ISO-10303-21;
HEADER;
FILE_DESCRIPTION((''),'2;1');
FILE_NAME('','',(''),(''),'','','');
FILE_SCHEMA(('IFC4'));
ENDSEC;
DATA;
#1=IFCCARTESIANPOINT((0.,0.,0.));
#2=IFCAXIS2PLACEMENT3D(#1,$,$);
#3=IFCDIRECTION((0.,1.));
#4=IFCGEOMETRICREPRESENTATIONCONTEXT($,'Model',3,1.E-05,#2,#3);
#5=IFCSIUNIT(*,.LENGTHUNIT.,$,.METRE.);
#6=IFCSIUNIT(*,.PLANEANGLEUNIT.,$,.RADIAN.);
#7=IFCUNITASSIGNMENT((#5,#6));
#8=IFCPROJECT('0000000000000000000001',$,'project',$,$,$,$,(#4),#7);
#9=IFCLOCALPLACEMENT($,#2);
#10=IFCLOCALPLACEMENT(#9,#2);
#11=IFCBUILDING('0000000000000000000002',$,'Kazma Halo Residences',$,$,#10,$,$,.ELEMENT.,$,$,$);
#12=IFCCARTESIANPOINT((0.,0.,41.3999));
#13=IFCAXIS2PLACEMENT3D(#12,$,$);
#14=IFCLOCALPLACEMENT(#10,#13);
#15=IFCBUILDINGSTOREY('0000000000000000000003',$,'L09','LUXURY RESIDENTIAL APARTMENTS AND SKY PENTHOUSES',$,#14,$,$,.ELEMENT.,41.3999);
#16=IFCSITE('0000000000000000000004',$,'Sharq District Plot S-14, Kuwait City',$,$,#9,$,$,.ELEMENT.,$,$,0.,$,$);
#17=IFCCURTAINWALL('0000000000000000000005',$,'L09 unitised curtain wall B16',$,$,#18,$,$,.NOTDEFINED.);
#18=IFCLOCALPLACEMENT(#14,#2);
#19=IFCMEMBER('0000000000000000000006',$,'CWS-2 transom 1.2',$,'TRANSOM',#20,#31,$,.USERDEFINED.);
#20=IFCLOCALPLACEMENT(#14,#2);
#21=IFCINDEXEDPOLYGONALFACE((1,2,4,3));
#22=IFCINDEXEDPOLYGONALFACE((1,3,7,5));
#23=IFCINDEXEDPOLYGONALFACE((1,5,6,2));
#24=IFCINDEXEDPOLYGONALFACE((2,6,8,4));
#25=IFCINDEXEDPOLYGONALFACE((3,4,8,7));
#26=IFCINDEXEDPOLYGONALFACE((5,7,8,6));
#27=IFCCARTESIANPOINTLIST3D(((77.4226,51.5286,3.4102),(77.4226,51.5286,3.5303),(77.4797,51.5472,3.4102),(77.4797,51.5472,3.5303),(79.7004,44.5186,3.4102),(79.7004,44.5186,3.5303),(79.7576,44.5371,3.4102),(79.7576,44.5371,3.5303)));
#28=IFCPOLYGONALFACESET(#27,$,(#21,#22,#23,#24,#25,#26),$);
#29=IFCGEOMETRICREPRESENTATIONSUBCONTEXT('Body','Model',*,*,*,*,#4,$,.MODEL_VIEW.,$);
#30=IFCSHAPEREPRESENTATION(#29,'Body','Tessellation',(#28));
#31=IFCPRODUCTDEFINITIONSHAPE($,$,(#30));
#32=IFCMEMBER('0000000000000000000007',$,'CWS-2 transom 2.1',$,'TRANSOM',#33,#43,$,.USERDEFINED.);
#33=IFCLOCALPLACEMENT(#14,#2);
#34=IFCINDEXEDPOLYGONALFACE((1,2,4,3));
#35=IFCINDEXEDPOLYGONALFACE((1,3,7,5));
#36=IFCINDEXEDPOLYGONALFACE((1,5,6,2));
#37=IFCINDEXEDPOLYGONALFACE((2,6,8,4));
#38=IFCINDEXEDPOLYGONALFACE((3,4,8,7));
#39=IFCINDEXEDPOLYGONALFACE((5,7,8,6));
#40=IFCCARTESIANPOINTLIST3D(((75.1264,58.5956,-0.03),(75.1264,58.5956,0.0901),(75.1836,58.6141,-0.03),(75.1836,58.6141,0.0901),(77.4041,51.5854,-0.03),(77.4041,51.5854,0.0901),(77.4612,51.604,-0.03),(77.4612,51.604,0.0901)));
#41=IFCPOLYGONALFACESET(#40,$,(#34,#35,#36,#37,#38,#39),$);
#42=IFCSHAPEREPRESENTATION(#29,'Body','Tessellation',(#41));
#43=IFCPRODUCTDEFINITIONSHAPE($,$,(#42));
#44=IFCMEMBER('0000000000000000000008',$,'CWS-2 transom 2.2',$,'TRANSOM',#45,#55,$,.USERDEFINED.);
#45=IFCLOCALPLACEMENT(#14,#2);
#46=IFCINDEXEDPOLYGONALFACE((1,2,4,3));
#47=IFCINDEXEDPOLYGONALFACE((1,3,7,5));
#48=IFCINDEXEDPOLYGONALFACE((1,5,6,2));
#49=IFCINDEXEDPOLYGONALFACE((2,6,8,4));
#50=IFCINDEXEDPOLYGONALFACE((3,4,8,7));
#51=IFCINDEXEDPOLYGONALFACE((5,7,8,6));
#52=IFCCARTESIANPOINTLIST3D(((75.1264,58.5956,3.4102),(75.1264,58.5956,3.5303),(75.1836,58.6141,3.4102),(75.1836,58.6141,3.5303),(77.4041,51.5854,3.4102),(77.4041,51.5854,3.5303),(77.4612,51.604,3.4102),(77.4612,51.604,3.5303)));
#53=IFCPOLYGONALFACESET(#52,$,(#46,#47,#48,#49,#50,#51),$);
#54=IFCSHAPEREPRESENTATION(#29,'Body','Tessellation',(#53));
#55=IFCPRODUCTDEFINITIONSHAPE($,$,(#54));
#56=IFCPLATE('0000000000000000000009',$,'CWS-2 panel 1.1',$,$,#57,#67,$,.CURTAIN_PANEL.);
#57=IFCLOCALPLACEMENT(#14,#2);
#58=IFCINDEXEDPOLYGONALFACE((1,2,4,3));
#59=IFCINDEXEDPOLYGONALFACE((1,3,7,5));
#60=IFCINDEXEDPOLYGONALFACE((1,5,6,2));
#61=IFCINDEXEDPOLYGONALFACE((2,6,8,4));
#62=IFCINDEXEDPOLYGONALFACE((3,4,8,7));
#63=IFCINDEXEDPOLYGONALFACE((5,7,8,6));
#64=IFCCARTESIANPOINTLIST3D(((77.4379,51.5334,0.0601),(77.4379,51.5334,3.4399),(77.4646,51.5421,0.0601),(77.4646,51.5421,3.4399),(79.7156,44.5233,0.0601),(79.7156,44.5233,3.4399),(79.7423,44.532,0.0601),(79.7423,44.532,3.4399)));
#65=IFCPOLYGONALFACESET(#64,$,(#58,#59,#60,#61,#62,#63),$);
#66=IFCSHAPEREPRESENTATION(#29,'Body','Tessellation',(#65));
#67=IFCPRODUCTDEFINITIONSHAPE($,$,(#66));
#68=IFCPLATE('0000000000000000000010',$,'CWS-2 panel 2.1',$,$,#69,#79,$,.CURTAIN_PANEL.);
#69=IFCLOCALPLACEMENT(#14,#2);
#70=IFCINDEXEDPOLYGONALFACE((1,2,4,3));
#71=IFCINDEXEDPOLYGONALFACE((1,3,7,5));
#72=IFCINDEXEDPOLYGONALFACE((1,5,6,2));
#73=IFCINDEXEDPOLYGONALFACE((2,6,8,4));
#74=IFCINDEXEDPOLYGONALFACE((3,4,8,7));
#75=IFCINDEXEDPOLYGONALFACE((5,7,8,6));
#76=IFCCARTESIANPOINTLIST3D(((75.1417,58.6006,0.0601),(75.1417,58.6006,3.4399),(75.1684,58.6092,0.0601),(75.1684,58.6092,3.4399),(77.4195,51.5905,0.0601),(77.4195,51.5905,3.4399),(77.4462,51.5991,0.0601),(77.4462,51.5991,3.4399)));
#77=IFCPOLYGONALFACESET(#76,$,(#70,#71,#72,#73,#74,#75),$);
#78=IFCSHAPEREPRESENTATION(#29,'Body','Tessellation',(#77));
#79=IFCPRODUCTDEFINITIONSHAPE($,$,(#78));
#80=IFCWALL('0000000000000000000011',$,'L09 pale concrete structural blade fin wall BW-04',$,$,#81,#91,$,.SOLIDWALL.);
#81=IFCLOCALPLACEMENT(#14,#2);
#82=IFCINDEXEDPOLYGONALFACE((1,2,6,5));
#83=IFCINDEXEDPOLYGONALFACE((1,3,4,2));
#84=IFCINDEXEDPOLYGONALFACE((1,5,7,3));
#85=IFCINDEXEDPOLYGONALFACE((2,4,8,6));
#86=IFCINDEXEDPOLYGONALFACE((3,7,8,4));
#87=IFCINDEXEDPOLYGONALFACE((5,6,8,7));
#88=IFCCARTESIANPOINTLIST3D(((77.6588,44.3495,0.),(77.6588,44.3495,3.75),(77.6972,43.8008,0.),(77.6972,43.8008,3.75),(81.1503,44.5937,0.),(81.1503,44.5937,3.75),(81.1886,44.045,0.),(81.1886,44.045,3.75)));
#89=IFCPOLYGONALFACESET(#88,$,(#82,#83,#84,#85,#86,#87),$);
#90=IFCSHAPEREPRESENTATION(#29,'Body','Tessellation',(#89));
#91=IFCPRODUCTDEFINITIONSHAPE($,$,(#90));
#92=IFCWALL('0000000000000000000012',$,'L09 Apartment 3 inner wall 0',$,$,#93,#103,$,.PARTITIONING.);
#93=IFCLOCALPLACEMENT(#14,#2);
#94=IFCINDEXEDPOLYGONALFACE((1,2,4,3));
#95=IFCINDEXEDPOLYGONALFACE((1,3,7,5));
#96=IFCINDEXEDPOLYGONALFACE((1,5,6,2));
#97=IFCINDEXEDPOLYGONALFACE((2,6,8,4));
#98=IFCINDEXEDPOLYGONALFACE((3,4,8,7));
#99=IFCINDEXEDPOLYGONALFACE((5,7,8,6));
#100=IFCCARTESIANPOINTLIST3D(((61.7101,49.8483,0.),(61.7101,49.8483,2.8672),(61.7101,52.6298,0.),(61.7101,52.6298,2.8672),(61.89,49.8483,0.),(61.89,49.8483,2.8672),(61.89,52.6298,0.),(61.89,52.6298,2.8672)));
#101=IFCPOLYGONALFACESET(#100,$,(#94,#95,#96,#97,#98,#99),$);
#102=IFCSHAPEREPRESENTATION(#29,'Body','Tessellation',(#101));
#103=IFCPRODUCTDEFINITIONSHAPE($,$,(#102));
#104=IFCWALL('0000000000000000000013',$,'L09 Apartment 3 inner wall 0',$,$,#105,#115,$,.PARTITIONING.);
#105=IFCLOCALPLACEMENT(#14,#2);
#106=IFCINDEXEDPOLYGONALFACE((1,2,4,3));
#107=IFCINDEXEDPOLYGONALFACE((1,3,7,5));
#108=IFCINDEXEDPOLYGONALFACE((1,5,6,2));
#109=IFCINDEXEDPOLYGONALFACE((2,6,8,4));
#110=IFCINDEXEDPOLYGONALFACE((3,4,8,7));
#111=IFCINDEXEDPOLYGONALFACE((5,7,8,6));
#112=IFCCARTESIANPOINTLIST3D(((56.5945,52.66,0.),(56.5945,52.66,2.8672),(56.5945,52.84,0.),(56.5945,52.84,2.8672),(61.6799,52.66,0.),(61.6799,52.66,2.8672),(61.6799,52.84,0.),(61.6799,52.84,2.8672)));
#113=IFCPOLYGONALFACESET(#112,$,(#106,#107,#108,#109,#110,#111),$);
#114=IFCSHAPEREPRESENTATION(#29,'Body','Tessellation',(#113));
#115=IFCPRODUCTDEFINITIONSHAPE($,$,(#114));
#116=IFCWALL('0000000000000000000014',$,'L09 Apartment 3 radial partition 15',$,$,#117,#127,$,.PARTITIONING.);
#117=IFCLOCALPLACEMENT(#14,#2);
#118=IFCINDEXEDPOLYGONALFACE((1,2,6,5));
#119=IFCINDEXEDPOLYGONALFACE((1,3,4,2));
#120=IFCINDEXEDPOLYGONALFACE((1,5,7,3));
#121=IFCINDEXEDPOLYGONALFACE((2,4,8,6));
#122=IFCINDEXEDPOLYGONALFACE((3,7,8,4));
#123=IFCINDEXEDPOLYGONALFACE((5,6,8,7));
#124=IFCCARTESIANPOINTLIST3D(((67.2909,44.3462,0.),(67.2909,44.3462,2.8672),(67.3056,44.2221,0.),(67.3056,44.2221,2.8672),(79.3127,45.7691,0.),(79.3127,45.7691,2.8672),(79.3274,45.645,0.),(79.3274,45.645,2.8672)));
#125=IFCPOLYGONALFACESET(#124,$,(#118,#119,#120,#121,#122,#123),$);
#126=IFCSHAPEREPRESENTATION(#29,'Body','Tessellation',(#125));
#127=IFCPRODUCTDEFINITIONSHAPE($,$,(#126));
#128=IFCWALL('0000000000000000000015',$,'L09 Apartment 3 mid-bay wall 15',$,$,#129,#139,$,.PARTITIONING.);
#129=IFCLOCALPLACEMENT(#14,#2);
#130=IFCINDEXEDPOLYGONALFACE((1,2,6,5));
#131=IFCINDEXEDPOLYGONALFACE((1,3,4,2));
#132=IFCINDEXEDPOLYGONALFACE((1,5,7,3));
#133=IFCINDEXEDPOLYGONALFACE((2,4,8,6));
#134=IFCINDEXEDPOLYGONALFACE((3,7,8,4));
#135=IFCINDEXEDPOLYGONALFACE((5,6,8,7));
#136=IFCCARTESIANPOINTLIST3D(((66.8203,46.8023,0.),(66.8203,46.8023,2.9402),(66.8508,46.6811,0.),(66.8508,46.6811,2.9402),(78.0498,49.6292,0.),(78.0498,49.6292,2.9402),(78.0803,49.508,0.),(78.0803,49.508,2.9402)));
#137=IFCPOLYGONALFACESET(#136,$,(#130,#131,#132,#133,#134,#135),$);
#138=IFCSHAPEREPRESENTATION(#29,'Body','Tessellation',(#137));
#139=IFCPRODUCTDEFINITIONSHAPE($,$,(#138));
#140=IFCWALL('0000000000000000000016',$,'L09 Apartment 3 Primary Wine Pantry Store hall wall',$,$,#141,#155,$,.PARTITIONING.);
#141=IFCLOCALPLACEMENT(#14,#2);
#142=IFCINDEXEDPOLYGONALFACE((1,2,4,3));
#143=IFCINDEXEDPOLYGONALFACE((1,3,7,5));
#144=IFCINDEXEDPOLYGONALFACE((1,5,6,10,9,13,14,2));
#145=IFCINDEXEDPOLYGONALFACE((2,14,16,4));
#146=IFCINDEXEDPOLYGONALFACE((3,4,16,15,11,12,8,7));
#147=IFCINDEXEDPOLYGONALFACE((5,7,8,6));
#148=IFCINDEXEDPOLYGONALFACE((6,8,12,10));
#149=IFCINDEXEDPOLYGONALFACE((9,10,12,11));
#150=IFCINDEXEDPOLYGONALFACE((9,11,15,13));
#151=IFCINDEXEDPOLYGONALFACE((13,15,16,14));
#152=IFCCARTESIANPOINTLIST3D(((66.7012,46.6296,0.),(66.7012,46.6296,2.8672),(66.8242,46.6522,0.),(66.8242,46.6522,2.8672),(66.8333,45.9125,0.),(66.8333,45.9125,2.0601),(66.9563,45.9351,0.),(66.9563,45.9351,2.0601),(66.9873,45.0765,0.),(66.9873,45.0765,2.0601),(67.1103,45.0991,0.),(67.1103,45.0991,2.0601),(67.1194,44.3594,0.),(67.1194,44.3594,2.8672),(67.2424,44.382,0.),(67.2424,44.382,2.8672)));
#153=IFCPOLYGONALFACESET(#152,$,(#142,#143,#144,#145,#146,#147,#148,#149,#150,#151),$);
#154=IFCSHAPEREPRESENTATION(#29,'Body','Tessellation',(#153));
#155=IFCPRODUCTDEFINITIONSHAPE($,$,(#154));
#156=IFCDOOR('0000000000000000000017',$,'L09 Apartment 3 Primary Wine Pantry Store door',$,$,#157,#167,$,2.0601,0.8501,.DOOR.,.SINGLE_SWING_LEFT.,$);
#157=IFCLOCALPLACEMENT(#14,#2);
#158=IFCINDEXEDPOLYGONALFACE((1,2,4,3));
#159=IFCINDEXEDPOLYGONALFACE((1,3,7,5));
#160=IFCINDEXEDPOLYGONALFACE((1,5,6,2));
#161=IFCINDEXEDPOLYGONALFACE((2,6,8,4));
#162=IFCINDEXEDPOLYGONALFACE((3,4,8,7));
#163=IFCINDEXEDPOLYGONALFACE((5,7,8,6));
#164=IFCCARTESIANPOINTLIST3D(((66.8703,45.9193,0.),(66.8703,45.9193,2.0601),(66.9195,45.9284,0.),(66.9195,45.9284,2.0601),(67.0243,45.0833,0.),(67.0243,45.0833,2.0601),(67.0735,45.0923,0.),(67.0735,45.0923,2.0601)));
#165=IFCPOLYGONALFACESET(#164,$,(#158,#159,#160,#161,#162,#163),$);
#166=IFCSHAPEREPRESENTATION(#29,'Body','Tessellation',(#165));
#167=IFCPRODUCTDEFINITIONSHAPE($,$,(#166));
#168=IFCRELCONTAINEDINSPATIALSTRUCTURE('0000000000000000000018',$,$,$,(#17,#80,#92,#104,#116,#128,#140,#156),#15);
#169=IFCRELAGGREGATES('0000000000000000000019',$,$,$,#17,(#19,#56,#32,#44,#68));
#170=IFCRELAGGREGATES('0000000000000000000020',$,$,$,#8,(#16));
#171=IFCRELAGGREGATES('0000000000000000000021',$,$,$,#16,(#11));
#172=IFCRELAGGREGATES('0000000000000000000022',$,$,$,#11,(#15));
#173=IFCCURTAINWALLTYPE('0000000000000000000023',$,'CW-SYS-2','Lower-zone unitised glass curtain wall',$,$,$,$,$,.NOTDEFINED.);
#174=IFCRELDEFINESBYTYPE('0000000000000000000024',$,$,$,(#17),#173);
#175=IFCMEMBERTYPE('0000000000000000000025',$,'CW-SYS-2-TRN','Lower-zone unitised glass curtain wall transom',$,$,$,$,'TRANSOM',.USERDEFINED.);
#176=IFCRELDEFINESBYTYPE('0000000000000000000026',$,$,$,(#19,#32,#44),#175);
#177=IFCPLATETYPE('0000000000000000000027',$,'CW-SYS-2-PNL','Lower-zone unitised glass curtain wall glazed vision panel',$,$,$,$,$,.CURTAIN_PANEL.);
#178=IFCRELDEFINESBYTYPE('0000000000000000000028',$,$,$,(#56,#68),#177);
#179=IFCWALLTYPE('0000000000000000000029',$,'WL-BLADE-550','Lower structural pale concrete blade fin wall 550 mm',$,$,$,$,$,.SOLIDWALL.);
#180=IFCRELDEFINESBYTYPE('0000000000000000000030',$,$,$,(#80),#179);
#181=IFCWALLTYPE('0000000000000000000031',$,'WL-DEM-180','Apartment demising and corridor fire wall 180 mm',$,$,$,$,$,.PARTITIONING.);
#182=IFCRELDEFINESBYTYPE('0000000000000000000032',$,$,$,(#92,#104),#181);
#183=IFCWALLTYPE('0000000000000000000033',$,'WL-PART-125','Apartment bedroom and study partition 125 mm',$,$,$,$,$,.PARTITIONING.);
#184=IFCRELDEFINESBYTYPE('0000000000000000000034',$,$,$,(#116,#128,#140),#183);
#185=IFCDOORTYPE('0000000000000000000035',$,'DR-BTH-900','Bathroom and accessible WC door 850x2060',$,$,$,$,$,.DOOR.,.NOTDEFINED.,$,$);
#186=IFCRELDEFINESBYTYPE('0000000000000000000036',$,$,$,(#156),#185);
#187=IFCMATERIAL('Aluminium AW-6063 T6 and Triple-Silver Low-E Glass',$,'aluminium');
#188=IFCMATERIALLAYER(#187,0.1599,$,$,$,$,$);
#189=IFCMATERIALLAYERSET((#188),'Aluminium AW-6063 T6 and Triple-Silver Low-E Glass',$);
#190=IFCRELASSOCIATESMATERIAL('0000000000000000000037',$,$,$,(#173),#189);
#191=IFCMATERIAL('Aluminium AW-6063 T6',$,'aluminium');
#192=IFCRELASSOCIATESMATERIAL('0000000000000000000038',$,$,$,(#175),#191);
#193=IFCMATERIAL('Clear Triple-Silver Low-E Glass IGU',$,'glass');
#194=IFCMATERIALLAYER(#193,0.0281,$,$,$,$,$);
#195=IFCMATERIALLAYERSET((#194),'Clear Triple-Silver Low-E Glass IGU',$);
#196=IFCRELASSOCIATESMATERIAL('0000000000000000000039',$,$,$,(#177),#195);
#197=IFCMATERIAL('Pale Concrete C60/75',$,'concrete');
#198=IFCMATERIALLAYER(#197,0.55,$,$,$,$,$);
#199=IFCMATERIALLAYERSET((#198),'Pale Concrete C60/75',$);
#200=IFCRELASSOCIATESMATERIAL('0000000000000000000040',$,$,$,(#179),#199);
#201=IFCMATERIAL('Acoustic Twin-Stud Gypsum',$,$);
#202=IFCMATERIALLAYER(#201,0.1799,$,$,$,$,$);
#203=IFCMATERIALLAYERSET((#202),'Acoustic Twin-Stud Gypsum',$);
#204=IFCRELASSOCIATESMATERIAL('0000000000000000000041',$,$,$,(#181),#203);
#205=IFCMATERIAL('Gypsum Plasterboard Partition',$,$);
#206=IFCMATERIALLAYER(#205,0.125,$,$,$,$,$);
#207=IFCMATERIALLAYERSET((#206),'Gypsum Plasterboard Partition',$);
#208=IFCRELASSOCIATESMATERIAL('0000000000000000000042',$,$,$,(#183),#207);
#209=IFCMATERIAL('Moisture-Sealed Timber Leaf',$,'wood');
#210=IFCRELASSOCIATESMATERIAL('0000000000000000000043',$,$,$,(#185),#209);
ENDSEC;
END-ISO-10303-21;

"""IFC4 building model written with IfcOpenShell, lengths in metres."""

from ifc_helpers import new_model, si_unit, direction, frame, frame_2d, origin, origin_2d, place, context, subcontext, project, spatial, rectangle, extrude, material, layer, layer_set, material_profile, profile_set, type_object, element, fill, aggregate, save


model = new_model("IFC4")

# Units and contexts
model_context = context("Model", 3, precision=1e-05, world=origin(), true_north=direction((0.0, 1.0)))
body_context = subcontext(model_context, "Body", "Model", "MODEL_VIEW")
ifc_project = project(units=[si_unit("LENGTHUNIT", "METRE"), si_unit("PLANEANGLEUNIT", "RADIAN")], contexts=[model_context])

# Site, building, storey
site_placement = place(None, origin())
site = spatial("IfcSite", under=ifc_project, at=site_placement, Name="Sharq District Plot S-14, Kuwait City", CompositionType="ELEMENT", RefElevation=0.0)
building_placement = place(site_placement, origin())
building = spatial("IfcBuilding", under=site, at=building_placement, Name="Kazma Halo Residences", CompositionType="ELEMENT")
storey_placement = place(building_placement, frame((0.0, 0.0, 41.3999)))
storey = spatial("IfcBuildingStorey", under=building, at=storey_placement, Name="L09", Description="LUXURY RESIDENTIAL APARTMENTS AND SKY PENTHOUSES", CompositionType="ELEMENT", Elevation=41.3999)

# Curtain wall, members, plates
ifc_material_1 = material(Name="Aluminium AW-6063 T6 and Triple-Silver Low-E Glass", Category="aluminium")
ifc_layer_1 = layer(ifc_material_1, 0.1599)
ifc_layer_set_1 = layer_set([ifc_layer_1], Name="Aluminium AW-6063 T6 and Triple-Silver Low-E Glass")
curtain_wall_type = type_object("IfcCurtainWallType", Name="CW-SYS-2", Description="Lower-zone unitised glass curtain wall", PredefinedType="NOTDEFINED", material=ifc_layer_set_1)
curtain_wall_placement = place(storey_placement, origin())
curtain_wall = element("IfcCurtainWall", 1, at=curtain_wall_placement, inside=storey, type_object=curtain_wall_type, Name="L09 unitised curtain wall B16", PredefinedType="NOTDEFINED")
ifc_material_2 = material(Name="Aluminium AW-6063 T6", Category="aluminium")
ifc_material_profile_1 = material_profile(ifc_material_2, rectangle(XDim=0.0601, YDim=0.1201, at=origin_2d()), Name="CWT-60x120")
ifc_profile_set_1 = profile_set([ifc_material_profile_1], Name="Aluminium AW-6063 T6")
member_type_1 = type_object("IfcMemberType", Name="CW-SYS-2-TRN", Description="Lower-zone unitised glass curtain wall transom", ElementType="TRANSOM", PredefinedType="USERDEFINED", material=ifc_profile_set_1)
member_1_placement = place(storey_placement, frame((79.729, 44.5278, 3.4702), z_axis=(-0.309034, 0.951051, 0.0), x_axis=(-0.951051, -0.309034, 0.0)))
member_1 = element("IfcMember", 2, at=member_1_placement, type_object=member_type_1, Name="CWS-2 transom 1.2", ObjectType="TRANSOM", PredefinedType="USERDEFINED", context=body_context, shape_type="SweptSolid", body=[
    extrude(rectangle(XDim=0.0601, YDim=0.1201, at=origin_2d()), origin(), (0.0, 0.0, 1.0), 7.3708),
])
member_2_placement = place(storey_placement, frame((77.4326, 51.5947, 0.03), z_axis=(-0.309004, 0.951061, 0.0), x_axis=(-0.951061, -0.309004, 0.0)))
member_2 = element("IfcMember", 3, at=member_2_placement, type_object=member_type_1, Name="CWS-2 transom 2.1", ObjectType="TRANSOM", PredefinedType="USERDEFINED", context=body_context, shape_type="SweptSolid", body=[
    extrude(rectangle(XDim=0.0601, YDim=0.1201, at=origin_2d()), origin(), (0.0, 0.0, 1.0), 7.3708),
])
member_3_placement = place(storey_placement, frame((77.4326, 51.5947, 3.4702), z_axis=(-0.309004, 0.951061, 0.0), x_axis=(-0.951061, -0.309004, 0.0)))
member_3 = element("IfcMember", 4, at=member_3_placement, type_object=member_type_1, Name="CWS-2 transom 2.2", ObjectType="TRANSOM", PredefinedType="USERDEFINED", context=body_context, shape_type="SweptSolid", body=[
    extrude(rectangle(XDim=0.0601, YDim=0.1201, at=origin_2d()), origin(), (0.0, 0.0, 1.0), 7.3708),
])
ifc_material_3 = material(Name="Clear Triple-Silver Low-E Glass IGU", Category="glass")
ifc_layer_2 = layer(ifc_material_3, 0.0281)
ifc_layer_set_2 = layer_set([ifc_layer_2], Name="Clear Triple-Silver Low-E Glass IGU")
plate_type = type_object("IfcPlateType", Name="CW-SYS-2-PNL", Description="Lower-zone unitised glass curtain wall glazed vision panel", PredefinedType="CURTAIN_PANEL", material=ifc_layer_set_2)
plate_1_placement = place(storey_placement, frame((78.5901, 48.0327, 0.0601), z_axis=(0.0, 0.0, 1.0), x_axis=(-0.309017, 0.951057, 0.0)))
plate_1 = element("IfcPlate", 5, at=plate_1_placement, type_object=plate_type, Name="CWS-2 panel 1.1", PredefinedType="CURTAIN_PANEL", context=body_context, shape_type="SweptSolid", body=[
    extrude(rectangle(XDim=7.3708, YDim=0.0281, at=origin_2d()), origin(), (0.0, 0.0, 1.0), 3.3799),
])
plate_2_placement = place(storey_placement, frame((76.2939, 55.0999, 0.0601), z_axis=(0.0, 0.0, 1.0), x_axis=(-0.309017, 0.951057, 0.0)))
plate_2 = element("IfcPlate", 6, at=plate_2_placement, type_object=plate_type, Name="CWS-2 panel 2.1", PredefinedType="CURTAIN_PANEL", context=body_context, shape_type="SweptSolid", body=[
    extrude(rectangle(XDim=7.3708, YDim=0.0281, at=origin_2d()), origin(), (0.0, 0.0, 1.0), 3.3799),
])
aggregate(curtain_wall, [member_1, plate_1, member_2, member_3, plate_2])

# Walls
ifc_material_4 = material(Name="Pale Concrete C60/75", Category="concrete")
ifc_layer_3 = layer(ifc_material_4, 0.55)
ifc_layer_set_3 = layer_set([ifc_layer_3], Name="Pale Concrete C60/75")
wall_type_1 = type_object("IfcWallType", Name="WL-BLADE-550", Description="Lower structural pale concrete blade fin wall 550 mm", PredefinedType="SOLIDWALL", material=ifc_layer_set_3)
wall_1_placement = place(storey_placement, frame((77.678, 44.0752, 0.0), z_axis=(0.0, 0.0, 1.0), x_axis=(0.997564, 0.069755, 0.0)))
element("IfcWall", 7, at=wall_1_placement, inside=storey, type_object=wall_type_1, Name="L09 pale concrete structural blade fin wall BW-04", PredefinedType="SOLIDWALL", context=body_context, shape_type="SweptSolid", body=[
    extrude(rectangle(XDim=3.5, YDim=0.55, at=frame_2d((1.75, 0.0))), origin(), (0.0, 0.0, 1.0), 3.75),
])
ifc_material_5 = material(Name="Acoustic Twin-Stud Gypsum")
ifc_layer_4 = layer(ifc_material_5, 0.1799)
ifc_layer_set_4 = layer_set([ifc_layer_4], Name="Acoustic Twin-Stud Gypsum")
wall_type_2 = type_object("IfcWallType", Name="WL-DEM-180", Description="Apartment demising and corridor fire wall 180 mm", PredefinedType="PARTITIONING", material=ifc_layer_set_4)
wall_2_placement = place(storey_placement, frame((61.8, 49.8484, 0.0), z_axis=(0.0, 0.0, 1.0), x_axis=(0.0, 1.0, 0.0)))
element("IfcWall", 8, at=wall_2_placement, inside=storey, type_object=wall_type_2, Name="L09 Apartment 3 inner wall 0", PredefinedType="PARTITIONING", context=body_context, shape_type="SweptSolid", body=[
    extrude(rectangle(XDim=2.7815, YDim=0.1799, at=frame_2d((1.3906, 0.0))), origin(), (0.0, 0.0, 1.0), 2.8672),
])
wall_3_placement = place(storey_placement, frame((61.6799, 52.75, 0.0), z_axis=(0.0, 0.0, 1.0), x_axis=(-1.0, 0.0, 0.0)))
element("IfcWall", 9, at=wall_3_placement, inside=storey, type_object=wall_type_2, Name="L09 Apartment 3 inner wall 0", PredefinedType="PARTITIONING", context=body_context, shape_type="SweptSolid", body=[
    extrude(rectangle(XDim=5.0854, YDim=0.1799, at=frame_2d((2.5427, 0.0))), origin(), (0.0, 0.0, 1.0), 2.8672),
])
ifc_material_6 = material(Name="Gypsum Plasterboard Partition")
ifc_layer_5 = layer(ifc_material_6, 0.125)
ifc_layer_set_5 = layer_set([ifc_layer_5], Name="Gypsum Plasterboard Partition")
wall_type_3 = type_object("IfcWallType", Name="WL-PART-125", Description="Apartment bedroom and study partition 125 mm", PredefinedType="PARTITIONING", material=ifc_layer_set_5)
wall_4_placement = place(storey_placement, frame((67.2983, 44.2842, 0.0), z_axis=(0.0, 0.0, 1.0), x_axis=(0.993069, 0.117536, 0.0)))
element("IfcWall", 10, at=wall_4_placement, inside=storey, type_object=wall_type_3, Name="L09 Apartment 3 radial partition 15", PredefinedType="PARTITIONING", context=body_context, shape_type="SweptSolid", body=[
    extrude(rectangle(XDim=12.1057, YDim=0.125, at=frame_2d((6.0527, 0.0))), origin(), (0.0, 0.0, 1.0), 2.8672),
])
wall_5_placement = place(storey_placement, frame((66.8354, 46.7417, 0.0), z_axis=(0.0, 0.0, 1.0), x_axis=(0.969744, 0.244123, 0.0)))
element("IfcWall", 11, at=wall_5_placement, inside=storey, type_object=wall_type_3, Name="L09 Apartment 3 mid-bay wall 15", PredefinedType="PARTITIONING", context=body_context, shape_type="SweptSolid", body=[
    extrude(rectangle(XDim=11.5798, YDim=0.125, at=frame_2d((5.79, 0.0))), origin(), (0.0, 0.0, 1.0), 2.9402),
])

# Wall, opening, door
wall_6_placement = place(storey_placement, frame((67.1809, 44.3706, 0.0), z_axis=(0.0, 0.0, 1.0), x_axis=(-0.181165, 0.983453, 0.0)))
wall_6 = element("IfcWall", 12, at=wall_6_placement, inside=storey, type_object=wall_type_3, Name="L09 Apartment 3 Primary Wine Pantry Store hall wall", PredefinedType="PARTITIONING", context=body_context, shape_type="SweptSolid", body=[
    extrude(rectangle(XDim=2.3083, YDim=0.125, at=frame_2d((1.1543, 0.0))), origin(), (0.0, 0.0, 1.0), 2.8672),
])
opening_1_placement = place(wall_6_placement, frame((0.7292, 0.0, 0.0)))
opening_1 = element("IfcOpeningElement", 13, at=opening_1_placement, cuts=wall_6, PredefinedType="OPENING", context=body_context, shape_type="SweptSolid", body=[
    extrude(rectangle(XDim=0.8501, YDim=2.0601, at=frame_2d((0.425, 1.03))), frame((0.0, 0.0725, 0.0), z_axis=(0.0, -1.0, 0.0), x_axis=(1.0, 0.0, 0.0)), (0.0, 0.0, 1.0), 0.145),
])
ifc_material_7 = material(Name="Moisture-Sealed Timber Leaf", Category="wood")
door_type_1 = type_object("IfcDoorType", Name="DR-BTH-900", Description="Bathroom and accessible WC door 850x2060", OperationType="NOTDEFINED", PredefinedType="DOOR", material=ifc_material_7)
door_1_placement = place(opening_1_placement, origin())
door_1 = element("IfcDoor", 14, at=door_1_placement, inside=storey, type_object=door_type_1, Name="L09 Apartment 3 Primary Wine Pantry Store door", OperationType="SINGLE_SWING_LEFT", OverallHeight=2.0601, OverallWidth=0.8501, PredefinedType="DOOR", context=body_context, shape_type="SweptSolid", body=[
    extrude(rectangle(XDim=0.8501, YDim=2.0601, at=frame_2d((0.425, 1.03))), frame((0.0, 0.0249, 0.0), z_axis=(0.0, -1.0, 0.0), x_axis=(1.0, 0.0, 0.0)), (0.0, 0.0, 1.0), 0.05),
])
fill(opening_1, door_1)

save(model, "model.ifc")
